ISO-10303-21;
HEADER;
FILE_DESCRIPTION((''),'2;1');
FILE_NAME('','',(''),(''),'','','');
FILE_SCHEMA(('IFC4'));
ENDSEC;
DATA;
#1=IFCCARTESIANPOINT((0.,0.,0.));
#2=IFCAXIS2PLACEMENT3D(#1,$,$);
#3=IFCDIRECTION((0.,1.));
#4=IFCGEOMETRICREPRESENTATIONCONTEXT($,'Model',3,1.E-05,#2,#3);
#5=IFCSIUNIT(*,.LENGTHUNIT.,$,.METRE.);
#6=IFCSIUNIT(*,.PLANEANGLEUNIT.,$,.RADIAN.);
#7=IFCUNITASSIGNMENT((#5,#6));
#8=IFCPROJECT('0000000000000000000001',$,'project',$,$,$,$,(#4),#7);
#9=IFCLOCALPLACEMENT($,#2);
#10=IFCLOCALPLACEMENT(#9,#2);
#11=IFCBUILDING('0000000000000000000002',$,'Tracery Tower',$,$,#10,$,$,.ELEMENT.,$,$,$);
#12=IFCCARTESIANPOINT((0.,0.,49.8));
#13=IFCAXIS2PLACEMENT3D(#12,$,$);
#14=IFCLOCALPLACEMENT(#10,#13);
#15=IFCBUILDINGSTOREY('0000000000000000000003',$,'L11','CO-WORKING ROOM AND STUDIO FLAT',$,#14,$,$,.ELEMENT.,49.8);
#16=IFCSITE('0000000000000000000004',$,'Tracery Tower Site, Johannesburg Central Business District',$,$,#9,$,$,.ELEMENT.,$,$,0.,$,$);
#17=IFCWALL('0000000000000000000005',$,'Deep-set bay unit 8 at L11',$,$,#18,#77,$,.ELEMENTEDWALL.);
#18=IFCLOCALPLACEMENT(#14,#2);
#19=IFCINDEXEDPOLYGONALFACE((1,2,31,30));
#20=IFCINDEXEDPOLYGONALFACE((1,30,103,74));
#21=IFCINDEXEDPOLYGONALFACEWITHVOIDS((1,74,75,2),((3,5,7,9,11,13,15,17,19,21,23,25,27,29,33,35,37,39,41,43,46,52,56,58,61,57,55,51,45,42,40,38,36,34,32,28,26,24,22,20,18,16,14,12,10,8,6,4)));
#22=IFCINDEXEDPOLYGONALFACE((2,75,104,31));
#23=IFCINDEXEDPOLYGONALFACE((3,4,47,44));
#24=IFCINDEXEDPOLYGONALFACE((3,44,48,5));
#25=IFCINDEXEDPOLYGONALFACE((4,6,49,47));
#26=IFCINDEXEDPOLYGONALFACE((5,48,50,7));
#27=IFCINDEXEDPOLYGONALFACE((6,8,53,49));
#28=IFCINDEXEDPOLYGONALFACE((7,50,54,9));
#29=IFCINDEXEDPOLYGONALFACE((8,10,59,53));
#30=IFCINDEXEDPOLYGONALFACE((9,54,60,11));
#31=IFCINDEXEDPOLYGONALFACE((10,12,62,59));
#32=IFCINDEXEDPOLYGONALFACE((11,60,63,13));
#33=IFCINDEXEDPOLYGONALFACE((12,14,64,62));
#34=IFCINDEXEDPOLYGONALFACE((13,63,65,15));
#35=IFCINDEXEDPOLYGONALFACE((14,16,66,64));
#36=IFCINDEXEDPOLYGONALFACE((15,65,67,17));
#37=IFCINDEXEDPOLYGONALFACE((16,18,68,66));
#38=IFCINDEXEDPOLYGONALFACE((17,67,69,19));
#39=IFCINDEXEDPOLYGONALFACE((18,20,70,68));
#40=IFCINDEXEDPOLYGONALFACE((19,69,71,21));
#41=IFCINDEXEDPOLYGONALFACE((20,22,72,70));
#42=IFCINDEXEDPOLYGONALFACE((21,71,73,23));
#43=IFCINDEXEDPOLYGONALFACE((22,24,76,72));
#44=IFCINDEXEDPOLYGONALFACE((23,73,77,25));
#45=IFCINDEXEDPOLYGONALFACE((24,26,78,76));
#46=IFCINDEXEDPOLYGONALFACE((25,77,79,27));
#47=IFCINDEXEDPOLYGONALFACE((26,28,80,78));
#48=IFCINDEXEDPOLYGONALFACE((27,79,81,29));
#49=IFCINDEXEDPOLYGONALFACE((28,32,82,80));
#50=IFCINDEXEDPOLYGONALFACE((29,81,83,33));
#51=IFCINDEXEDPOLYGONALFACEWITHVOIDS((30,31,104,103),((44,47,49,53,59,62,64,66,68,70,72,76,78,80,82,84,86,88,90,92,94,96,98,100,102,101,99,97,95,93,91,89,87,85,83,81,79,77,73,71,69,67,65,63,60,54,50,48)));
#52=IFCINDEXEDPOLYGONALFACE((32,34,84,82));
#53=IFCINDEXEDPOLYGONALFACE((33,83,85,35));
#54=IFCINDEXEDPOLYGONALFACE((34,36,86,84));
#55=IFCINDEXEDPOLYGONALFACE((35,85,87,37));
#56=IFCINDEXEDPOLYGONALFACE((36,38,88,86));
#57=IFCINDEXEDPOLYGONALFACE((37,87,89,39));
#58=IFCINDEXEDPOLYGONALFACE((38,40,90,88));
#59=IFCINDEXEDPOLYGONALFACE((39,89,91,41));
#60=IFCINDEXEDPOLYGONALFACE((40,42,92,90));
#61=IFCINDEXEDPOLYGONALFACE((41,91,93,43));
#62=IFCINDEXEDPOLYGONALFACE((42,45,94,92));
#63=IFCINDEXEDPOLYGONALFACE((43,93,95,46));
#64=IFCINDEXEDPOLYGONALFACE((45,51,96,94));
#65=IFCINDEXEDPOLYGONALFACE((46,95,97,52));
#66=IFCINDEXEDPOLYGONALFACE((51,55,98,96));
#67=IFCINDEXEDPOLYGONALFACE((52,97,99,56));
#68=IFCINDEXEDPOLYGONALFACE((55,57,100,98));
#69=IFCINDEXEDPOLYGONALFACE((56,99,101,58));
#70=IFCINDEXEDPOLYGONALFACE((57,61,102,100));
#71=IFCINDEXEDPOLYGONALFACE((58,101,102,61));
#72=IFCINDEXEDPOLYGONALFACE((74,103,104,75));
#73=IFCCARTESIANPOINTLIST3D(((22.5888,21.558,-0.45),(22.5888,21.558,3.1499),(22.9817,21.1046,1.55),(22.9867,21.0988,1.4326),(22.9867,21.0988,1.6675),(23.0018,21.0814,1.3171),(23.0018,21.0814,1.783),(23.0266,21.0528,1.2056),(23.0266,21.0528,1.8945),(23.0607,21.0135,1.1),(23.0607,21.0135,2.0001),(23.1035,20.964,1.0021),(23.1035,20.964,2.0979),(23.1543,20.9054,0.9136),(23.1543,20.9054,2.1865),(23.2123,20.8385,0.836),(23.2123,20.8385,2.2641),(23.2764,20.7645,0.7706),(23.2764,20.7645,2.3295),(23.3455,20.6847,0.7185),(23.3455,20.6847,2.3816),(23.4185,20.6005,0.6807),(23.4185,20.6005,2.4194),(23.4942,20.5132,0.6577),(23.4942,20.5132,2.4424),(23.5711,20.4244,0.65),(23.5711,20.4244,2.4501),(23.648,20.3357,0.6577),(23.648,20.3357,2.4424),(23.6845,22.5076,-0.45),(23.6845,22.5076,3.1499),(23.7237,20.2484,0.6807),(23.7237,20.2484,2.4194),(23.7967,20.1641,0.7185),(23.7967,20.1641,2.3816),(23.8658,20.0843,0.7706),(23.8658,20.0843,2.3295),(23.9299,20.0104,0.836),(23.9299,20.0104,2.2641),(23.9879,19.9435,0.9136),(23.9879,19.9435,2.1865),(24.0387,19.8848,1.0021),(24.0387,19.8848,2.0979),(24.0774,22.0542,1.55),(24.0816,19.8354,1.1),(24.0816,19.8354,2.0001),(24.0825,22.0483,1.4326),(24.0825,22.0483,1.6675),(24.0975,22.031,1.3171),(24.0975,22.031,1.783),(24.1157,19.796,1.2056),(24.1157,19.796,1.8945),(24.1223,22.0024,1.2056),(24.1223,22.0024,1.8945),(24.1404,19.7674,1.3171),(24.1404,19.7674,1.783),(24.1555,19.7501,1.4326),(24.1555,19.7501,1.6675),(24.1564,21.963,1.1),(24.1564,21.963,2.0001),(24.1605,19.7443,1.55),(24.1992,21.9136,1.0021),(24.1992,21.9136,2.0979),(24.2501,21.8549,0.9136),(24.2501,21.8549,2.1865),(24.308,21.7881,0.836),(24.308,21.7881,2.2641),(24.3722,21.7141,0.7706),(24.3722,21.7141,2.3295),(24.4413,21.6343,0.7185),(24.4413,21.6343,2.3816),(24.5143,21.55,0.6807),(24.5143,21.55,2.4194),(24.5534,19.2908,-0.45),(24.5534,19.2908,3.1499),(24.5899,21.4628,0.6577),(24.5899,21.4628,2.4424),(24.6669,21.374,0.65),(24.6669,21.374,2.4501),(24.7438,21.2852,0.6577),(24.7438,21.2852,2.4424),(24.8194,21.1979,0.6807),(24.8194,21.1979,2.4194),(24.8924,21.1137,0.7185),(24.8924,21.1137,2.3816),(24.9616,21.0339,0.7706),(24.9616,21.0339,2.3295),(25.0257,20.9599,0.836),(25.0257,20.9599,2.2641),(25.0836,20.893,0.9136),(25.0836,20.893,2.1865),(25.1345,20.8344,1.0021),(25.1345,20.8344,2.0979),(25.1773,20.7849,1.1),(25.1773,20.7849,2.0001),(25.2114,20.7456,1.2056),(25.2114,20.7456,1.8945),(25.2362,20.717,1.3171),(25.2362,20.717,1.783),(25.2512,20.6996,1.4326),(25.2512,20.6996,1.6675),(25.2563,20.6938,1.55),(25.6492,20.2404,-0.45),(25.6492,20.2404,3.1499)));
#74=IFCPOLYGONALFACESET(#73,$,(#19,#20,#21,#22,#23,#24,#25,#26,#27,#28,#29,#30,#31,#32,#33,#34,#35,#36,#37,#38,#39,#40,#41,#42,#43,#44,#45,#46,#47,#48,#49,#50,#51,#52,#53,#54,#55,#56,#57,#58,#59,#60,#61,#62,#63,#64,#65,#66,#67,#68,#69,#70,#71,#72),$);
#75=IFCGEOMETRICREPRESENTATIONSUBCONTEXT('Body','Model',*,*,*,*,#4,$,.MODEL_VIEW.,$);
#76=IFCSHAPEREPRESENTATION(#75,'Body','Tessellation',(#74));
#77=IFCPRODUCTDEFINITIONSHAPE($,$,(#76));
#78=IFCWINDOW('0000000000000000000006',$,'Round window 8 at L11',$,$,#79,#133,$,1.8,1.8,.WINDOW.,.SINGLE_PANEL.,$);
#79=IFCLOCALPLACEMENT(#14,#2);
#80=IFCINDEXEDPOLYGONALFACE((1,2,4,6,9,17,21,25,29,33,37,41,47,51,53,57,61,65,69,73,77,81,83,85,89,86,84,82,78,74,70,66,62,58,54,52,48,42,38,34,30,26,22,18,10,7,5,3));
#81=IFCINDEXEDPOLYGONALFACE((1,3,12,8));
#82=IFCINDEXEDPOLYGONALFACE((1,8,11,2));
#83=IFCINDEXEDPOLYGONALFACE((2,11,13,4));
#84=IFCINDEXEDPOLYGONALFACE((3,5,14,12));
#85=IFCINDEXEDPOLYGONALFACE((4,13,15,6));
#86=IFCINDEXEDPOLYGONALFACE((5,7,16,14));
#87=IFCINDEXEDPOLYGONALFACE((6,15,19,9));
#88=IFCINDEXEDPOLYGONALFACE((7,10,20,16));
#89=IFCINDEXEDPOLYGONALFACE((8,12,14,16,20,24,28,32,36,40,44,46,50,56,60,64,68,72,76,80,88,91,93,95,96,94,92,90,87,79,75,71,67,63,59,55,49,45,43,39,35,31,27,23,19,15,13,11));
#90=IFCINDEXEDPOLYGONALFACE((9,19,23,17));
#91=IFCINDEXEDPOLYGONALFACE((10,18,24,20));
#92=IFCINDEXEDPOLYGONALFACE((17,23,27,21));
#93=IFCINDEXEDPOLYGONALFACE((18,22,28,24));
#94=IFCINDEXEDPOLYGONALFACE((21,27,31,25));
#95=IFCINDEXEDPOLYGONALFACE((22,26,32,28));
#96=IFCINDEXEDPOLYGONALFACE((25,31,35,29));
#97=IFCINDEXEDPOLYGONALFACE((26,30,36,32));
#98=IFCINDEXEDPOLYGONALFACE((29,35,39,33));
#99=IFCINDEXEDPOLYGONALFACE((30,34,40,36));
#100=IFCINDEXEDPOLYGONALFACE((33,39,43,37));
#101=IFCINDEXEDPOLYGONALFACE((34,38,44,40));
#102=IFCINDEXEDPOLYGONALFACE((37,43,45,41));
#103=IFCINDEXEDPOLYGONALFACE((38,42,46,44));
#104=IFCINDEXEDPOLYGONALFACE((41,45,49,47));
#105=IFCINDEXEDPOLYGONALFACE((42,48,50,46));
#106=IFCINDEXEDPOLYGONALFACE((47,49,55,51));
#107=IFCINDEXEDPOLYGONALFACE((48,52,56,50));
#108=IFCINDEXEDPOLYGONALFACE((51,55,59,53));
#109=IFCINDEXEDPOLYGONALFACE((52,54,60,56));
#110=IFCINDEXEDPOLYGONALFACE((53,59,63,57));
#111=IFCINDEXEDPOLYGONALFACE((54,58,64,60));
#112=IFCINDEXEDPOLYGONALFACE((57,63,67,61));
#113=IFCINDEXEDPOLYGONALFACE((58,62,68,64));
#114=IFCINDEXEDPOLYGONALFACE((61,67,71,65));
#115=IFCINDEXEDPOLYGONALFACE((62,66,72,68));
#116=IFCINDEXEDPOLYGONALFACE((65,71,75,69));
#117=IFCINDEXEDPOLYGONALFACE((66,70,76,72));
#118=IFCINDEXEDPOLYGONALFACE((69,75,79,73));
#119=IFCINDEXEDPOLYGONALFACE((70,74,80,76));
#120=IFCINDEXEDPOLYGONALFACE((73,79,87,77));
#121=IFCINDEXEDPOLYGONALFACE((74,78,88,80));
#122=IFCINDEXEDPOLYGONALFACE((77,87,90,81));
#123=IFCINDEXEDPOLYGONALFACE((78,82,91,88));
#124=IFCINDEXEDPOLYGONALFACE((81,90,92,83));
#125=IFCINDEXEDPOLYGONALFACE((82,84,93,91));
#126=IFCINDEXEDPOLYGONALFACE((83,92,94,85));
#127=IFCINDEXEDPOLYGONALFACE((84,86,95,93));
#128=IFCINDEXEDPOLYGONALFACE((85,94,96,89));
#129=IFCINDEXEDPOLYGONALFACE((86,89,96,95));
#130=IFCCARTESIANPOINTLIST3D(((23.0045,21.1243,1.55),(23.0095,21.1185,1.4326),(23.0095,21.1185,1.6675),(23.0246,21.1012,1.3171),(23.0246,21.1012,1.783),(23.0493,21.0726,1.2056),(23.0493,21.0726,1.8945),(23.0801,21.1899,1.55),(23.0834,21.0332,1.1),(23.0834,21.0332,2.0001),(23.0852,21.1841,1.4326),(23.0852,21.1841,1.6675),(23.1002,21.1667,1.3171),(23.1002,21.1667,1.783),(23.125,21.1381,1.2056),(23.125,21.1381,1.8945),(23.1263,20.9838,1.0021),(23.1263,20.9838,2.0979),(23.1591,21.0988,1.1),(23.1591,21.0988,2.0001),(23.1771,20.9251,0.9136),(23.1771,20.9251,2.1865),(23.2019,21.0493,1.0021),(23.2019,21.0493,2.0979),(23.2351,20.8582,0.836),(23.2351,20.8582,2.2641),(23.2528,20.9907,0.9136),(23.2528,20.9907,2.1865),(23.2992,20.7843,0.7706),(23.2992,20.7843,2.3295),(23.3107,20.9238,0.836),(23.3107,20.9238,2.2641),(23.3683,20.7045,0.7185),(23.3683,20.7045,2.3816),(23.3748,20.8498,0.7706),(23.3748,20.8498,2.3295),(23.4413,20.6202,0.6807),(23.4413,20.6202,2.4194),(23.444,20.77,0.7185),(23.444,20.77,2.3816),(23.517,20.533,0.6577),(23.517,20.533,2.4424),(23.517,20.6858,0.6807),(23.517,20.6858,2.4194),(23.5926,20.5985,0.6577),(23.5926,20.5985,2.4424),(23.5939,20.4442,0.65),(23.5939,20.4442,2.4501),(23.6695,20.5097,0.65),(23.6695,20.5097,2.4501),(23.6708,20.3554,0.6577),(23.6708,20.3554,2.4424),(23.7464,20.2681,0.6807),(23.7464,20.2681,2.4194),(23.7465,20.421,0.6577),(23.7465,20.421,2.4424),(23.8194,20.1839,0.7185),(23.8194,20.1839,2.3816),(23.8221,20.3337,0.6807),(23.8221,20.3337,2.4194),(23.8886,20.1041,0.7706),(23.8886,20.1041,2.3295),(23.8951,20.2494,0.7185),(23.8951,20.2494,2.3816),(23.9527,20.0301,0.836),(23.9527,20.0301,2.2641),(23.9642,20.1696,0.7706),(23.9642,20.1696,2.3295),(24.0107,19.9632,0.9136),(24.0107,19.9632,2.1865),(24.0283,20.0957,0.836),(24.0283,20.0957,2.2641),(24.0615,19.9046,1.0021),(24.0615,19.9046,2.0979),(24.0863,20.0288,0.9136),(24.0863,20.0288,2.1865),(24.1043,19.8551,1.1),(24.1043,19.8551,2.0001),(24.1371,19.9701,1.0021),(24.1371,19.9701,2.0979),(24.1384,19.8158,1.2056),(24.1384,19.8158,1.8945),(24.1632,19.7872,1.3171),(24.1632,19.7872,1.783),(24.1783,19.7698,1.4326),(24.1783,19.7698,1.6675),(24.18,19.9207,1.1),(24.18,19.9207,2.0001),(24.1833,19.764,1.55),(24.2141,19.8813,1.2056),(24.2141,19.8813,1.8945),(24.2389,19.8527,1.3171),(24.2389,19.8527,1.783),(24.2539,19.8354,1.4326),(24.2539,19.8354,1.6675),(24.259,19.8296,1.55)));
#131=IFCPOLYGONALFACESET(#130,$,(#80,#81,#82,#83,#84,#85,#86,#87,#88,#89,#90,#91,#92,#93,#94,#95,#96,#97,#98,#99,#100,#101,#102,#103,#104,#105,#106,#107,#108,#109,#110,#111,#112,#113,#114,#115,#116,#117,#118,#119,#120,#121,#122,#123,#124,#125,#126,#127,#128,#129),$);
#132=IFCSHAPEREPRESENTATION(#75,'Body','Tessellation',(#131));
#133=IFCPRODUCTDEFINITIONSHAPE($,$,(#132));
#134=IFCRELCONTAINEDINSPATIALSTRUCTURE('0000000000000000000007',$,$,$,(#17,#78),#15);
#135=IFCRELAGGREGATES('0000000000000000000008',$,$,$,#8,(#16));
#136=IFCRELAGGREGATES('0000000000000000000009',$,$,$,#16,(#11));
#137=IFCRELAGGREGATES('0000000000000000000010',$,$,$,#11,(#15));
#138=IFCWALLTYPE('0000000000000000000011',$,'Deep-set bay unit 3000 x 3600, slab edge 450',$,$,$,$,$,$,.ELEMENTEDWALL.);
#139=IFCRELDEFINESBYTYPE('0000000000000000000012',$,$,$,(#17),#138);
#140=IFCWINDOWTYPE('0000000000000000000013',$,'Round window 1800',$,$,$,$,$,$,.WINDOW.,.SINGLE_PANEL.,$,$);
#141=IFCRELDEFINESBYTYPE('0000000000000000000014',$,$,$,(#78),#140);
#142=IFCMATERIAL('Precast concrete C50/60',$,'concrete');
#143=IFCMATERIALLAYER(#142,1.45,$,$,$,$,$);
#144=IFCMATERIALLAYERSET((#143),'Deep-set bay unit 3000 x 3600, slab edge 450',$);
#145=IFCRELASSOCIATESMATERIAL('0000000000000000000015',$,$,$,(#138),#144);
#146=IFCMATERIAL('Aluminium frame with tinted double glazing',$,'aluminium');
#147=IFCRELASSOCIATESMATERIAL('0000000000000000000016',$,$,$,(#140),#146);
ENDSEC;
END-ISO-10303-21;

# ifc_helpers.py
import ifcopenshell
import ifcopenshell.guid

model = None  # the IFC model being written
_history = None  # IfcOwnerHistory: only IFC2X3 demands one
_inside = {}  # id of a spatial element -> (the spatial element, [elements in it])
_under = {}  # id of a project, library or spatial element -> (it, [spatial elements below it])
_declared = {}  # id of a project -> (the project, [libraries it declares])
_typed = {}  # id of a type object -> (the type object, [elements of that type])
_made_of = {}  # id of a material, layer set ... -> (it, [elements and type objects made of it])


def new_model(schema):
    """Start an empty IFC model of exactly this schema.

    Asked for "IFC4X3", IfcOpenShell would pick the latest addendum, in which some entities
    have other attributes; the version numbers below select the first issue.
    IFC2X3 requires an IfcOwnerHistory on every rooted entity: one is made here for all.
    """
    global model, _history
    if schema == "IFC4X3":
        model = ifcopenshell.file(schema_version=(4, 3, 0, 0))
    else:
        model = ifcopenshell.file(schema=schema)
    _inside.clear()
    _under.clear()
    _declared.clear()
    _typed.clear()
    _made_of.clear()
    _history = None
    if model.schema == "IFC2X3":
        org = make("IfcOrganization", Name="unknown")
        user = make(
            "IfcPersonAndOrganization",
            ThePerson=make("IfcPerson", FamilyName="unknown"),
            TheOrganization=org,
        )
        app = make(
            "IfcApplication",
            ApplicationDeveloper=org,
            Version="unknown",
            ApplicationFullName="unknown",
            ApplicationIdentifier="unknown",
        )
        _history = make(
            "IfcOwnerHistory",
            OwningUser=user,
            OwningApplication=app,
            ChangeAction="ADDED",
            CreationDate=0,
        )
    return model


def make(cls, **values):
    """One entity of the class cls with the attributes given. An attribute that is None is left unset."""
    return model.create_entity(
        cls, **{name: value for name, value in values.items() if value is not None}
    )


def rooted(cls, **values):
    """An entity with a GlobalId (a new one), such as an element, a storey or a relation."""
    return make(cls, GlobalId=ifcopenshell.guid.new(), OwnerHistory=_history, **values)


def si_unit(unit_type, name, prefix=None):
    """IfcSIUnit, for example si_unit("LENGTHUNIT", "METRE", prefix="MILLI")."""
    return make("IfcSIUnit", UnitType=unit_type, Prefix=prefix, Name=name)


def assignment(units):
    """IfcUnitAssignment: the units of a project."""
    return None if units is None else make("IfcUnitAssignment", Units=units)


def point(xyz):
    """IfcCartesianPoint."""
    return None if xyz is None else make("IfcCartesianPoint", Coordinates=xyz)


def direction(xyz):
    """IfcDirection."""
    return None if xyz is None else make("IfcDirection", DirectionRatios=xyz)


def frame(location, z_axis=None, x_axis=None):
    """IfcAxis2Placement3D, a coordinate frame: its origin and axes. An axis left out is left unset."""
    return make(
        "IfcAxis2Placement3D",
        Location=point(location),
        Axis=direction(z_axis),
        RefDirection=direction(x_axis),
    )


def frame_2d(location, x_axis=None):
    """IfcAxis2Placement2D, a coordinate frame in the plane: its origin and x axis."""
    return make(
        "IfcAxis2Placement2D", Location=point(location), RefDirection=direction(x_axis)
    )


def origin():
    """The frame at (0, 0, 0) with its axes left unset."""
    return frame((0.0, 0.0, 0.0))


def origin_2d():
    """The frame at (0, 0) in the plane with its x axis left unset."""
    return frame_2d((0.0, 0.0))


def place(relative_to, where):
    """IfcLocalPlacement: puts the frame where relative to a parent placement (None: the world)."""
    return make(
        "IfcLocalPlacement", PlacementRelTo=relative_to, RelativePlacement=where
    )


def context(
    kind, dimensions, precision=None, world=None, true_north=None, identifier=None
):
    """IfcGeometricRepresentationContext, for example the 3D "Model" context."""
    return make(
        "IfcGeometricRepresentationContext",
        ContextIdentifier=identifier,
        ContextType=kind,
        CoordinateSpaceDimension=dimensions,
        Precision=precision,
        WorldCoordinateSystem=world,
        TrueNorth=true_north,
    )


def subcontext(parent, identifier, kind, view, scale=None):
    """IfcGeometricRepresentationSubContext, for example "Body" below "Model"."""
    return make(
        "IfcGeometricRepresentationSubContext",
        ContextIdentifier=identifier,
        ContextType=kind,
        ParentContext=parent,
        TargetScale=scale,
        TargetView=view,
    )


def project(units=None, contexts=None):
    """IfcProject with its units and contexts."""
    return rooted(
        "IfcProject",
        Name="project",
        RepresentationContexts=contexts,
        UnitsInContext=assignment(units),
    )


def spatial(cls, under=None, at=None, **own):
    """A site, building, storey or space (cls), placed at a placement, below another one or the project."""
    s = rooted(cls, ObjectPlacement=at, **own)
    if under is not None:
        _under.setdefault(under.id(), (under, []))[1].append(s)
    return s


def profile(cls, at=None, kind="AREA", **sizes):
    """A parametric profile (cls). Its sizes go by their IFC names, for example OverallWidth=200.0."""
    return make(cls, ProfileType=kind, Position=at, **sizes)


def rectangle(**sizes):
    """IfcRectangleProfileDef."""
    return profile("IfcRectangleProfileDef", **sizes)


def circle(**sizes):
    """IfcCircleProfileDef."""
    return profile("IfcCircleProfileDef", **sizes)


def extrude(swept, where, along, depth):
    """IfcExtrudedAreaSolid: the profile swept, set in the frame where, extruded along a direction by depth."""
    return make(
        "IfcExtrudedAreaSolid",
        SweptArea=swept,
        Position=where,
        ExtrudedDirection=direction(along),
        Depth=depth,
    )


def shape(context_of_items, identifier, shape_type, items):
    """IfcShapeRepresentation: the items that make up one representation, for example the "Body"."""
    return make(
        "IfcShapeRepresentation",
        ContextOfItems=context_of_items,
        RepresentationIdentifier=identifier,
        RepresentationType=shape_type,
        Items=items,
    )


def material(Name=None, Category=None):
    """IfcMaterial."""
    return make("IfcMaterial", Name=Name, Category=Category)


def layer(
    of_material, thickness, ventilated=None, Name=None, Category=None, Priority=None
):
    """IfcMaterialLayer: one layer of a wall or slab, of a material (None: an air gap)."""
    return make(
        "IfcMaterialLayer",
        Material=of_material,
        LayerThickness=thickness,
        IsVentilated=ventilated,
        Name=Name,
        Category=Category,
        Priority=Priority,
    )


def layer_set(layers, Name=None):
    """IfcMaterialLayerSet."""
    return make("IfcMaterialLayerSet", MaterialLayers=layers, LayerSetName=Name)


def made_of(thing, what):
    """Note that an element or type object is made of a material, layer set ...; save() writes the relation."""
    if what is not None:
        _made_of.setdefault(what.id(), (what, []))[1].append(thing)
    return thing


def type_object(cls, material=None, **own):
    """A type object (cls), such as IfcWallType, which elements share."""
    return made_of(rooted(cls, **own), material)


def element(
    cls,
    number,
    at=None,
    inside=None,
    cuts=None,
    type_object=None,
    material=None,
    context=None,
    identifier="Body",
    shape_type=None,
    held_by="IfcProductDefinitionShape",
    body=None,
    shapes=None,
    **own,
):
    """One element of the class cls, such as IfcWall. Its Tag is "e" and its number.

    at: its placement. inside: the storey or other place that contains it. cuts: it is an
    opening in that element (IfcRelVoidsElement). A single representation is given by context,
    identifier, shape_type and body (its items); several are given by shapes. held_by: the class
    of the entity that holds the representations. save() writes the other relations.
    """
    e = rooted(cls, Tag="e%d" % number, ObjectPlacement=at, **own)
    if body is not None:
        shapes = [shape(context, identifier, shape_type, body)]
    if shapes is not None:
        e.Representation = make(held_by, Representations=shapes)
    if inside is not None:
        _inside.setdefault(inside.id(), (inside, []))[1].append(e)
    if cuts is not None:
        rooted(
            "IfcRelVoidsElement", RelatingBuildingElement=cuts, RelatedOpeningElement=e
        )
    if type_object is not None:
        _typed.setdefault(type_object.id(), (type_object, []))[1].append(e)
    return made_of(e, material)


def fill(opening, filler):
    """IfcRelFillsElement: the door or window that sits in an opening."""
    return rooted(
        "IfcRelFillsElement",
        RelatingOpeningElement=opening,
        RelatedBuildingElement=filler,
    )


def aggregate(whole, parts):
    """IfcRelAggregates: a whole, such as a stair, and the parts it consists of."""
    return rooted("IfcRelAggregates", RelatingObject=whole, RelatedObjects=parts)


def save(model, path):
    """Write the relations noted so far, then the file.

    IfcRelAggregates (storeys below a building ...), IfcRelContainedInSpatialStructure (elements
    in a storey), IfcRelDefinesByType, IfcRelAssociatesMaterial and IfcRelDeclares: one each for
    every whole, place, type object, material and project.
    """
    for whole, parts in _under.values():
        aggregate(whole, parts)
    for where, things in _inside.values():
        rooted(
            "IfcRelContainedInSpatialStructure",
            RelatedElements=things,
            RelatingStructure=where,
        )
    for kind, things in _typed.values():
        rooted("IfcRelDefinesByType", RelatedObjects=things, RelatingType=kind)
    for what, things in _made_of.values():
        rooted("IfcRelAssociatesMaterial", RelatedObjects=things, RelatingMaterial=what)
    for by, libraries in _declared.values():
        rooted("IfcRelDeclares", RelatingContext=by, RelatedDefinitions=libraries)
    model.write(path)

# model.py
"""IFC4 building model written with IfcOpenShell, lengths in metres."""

from ifc_helpers import new_model, si_unit, direction, frame, frame_2d, origin, origin_2d, place, context, subcontext, project, spatial, rectangle, circle, extrude, material, layer, layer_set, type_object, element, fill, save


model = new_model("IFC4")

# Units and contexts
model_context = context("Model", 3, precision=1e-05, world=origin(), true_north=direction((0.0, 1.0)))
body_context = subcontext(model_context, "Body", "Model", "MODEL_VIEW")
ifc_project = project(units=[si_unit("LENGTHUNIT", "METRE"), si_unit("PLANEANGLEUNIT", "RADIAN")], contexts=[model_context])

# Site, building, storey
site_placement = place(None, origin())
site = spatial("IfcSite", under=ifc_project, at=site_placement, Name="Tracery Tower Site, Johannesburg Central Business District", CompositionType="ELEMENT", RefElevation=0.0)
building_placement = place(site_placement, origin())
building = spatial("IfcBuilding", under=site, at=building_placement, Name="Tracery Tower", CompositionType="ELEMENT")
storey_placement = place(building_placement, frame((0.0, 0.0, 49.8)))
storey = spatial("IfcBuildingStorey", under=building, at=storey_placement, Name="L11", Description="CO-WORKING ROOM AND STUDIO FLAT", CompositionType="ELEMENT", Elevation=49.8)

# Wall, opening, window
ifc_material_1 = material(Name="Precast concrete C50/60", Category="concrete")
ifc_layer_1 = layer(ifc_material_1, 1.45)
ifc_layer_set_1 = layer_set([ifc_layer_1], Name="Deep-set bay unit 3000 x 3600, slab edge 450")
wall_type_1 = type_object("IfcWallType", Name="Deep-set bay unit 3000 x 3600, slab edge 450", PredefinedType="ELEMENTEDWALL", material=ifc_layer_set_1)
wall_1_placement = place(storey_placement, frame((25.1013, 19.7656, -0.45), z_axis=(0.0, 0.0, 1.0), x_axis=(-0.65489, 0.755724, 0.0)))
wall_1 = element("IfcWall", 1, at=wall_1_placement, inside=storey, type_object=wall_type_1, Name="Deep-set bay unit 8 at L11", PredefinedType="ELEMENTEDWALL", context=body_context, shape_type="SweptSolid", body=[
    extrude(rectangle(XDim=3.0, YDim=1.45, at=frame_2d((1.5, 0.0))), origin(), (0.0, 0.0, 1.0), 3.5999),
])
opening_1_placement = place(wall_1_placement, frame((1.5, 0.0, 2.0)))
opening_1 = element("IfcOpeningElement", 2, at=opening_1_placement, cuts=wall_1, PredefinedType="OPENING", context=body_context, shape_type="SweptSolid", body=[
    extrude(circle(Radius=0.9, at=origin_2d()), frame((0.0, 0.7349, 0.0), z_axis=(0.0, -1.0, 0.0), x_axis=(1.0, 0.0, 0.0)), (0.0, 0.0, 1.0), 1.47),
])
ifc_material_2 = material(Name="Aluminium frame with tinted double glazing", Category="aluminium")
window_type = type_object("IfcWindowType", Name="Round window 1800", PartitioningType="SINGLE_PANEL", PredefinedType="WINDOW", material=ifc_material_2)
window_1_placement = place(opening_1_placement, origin())
window_1 = element("IfcWindow", 3, at=window_1_placement, inside=storey, type_object=window_type, Name="Round window 8 at L11", OverallHeight=1.8, OverallWidth=1.8, PartitioningType="SINGLE_PANEL", PredefinedType="WINDOW", context=body_context, shape_type="SweptSolid", body=[
    extrude(circle(Radius=0.9, at=origin_2d()), frame((0.0, 0.6948, 0.0), z_axis=(0.0, -1.0, 0.0), x_axis=(1.0, 0.0, 0.0)), (0.0, 0.0, 1.0), 0.1001),
])
fill(opening_1, window_1)

save(model, "model.ifc")
